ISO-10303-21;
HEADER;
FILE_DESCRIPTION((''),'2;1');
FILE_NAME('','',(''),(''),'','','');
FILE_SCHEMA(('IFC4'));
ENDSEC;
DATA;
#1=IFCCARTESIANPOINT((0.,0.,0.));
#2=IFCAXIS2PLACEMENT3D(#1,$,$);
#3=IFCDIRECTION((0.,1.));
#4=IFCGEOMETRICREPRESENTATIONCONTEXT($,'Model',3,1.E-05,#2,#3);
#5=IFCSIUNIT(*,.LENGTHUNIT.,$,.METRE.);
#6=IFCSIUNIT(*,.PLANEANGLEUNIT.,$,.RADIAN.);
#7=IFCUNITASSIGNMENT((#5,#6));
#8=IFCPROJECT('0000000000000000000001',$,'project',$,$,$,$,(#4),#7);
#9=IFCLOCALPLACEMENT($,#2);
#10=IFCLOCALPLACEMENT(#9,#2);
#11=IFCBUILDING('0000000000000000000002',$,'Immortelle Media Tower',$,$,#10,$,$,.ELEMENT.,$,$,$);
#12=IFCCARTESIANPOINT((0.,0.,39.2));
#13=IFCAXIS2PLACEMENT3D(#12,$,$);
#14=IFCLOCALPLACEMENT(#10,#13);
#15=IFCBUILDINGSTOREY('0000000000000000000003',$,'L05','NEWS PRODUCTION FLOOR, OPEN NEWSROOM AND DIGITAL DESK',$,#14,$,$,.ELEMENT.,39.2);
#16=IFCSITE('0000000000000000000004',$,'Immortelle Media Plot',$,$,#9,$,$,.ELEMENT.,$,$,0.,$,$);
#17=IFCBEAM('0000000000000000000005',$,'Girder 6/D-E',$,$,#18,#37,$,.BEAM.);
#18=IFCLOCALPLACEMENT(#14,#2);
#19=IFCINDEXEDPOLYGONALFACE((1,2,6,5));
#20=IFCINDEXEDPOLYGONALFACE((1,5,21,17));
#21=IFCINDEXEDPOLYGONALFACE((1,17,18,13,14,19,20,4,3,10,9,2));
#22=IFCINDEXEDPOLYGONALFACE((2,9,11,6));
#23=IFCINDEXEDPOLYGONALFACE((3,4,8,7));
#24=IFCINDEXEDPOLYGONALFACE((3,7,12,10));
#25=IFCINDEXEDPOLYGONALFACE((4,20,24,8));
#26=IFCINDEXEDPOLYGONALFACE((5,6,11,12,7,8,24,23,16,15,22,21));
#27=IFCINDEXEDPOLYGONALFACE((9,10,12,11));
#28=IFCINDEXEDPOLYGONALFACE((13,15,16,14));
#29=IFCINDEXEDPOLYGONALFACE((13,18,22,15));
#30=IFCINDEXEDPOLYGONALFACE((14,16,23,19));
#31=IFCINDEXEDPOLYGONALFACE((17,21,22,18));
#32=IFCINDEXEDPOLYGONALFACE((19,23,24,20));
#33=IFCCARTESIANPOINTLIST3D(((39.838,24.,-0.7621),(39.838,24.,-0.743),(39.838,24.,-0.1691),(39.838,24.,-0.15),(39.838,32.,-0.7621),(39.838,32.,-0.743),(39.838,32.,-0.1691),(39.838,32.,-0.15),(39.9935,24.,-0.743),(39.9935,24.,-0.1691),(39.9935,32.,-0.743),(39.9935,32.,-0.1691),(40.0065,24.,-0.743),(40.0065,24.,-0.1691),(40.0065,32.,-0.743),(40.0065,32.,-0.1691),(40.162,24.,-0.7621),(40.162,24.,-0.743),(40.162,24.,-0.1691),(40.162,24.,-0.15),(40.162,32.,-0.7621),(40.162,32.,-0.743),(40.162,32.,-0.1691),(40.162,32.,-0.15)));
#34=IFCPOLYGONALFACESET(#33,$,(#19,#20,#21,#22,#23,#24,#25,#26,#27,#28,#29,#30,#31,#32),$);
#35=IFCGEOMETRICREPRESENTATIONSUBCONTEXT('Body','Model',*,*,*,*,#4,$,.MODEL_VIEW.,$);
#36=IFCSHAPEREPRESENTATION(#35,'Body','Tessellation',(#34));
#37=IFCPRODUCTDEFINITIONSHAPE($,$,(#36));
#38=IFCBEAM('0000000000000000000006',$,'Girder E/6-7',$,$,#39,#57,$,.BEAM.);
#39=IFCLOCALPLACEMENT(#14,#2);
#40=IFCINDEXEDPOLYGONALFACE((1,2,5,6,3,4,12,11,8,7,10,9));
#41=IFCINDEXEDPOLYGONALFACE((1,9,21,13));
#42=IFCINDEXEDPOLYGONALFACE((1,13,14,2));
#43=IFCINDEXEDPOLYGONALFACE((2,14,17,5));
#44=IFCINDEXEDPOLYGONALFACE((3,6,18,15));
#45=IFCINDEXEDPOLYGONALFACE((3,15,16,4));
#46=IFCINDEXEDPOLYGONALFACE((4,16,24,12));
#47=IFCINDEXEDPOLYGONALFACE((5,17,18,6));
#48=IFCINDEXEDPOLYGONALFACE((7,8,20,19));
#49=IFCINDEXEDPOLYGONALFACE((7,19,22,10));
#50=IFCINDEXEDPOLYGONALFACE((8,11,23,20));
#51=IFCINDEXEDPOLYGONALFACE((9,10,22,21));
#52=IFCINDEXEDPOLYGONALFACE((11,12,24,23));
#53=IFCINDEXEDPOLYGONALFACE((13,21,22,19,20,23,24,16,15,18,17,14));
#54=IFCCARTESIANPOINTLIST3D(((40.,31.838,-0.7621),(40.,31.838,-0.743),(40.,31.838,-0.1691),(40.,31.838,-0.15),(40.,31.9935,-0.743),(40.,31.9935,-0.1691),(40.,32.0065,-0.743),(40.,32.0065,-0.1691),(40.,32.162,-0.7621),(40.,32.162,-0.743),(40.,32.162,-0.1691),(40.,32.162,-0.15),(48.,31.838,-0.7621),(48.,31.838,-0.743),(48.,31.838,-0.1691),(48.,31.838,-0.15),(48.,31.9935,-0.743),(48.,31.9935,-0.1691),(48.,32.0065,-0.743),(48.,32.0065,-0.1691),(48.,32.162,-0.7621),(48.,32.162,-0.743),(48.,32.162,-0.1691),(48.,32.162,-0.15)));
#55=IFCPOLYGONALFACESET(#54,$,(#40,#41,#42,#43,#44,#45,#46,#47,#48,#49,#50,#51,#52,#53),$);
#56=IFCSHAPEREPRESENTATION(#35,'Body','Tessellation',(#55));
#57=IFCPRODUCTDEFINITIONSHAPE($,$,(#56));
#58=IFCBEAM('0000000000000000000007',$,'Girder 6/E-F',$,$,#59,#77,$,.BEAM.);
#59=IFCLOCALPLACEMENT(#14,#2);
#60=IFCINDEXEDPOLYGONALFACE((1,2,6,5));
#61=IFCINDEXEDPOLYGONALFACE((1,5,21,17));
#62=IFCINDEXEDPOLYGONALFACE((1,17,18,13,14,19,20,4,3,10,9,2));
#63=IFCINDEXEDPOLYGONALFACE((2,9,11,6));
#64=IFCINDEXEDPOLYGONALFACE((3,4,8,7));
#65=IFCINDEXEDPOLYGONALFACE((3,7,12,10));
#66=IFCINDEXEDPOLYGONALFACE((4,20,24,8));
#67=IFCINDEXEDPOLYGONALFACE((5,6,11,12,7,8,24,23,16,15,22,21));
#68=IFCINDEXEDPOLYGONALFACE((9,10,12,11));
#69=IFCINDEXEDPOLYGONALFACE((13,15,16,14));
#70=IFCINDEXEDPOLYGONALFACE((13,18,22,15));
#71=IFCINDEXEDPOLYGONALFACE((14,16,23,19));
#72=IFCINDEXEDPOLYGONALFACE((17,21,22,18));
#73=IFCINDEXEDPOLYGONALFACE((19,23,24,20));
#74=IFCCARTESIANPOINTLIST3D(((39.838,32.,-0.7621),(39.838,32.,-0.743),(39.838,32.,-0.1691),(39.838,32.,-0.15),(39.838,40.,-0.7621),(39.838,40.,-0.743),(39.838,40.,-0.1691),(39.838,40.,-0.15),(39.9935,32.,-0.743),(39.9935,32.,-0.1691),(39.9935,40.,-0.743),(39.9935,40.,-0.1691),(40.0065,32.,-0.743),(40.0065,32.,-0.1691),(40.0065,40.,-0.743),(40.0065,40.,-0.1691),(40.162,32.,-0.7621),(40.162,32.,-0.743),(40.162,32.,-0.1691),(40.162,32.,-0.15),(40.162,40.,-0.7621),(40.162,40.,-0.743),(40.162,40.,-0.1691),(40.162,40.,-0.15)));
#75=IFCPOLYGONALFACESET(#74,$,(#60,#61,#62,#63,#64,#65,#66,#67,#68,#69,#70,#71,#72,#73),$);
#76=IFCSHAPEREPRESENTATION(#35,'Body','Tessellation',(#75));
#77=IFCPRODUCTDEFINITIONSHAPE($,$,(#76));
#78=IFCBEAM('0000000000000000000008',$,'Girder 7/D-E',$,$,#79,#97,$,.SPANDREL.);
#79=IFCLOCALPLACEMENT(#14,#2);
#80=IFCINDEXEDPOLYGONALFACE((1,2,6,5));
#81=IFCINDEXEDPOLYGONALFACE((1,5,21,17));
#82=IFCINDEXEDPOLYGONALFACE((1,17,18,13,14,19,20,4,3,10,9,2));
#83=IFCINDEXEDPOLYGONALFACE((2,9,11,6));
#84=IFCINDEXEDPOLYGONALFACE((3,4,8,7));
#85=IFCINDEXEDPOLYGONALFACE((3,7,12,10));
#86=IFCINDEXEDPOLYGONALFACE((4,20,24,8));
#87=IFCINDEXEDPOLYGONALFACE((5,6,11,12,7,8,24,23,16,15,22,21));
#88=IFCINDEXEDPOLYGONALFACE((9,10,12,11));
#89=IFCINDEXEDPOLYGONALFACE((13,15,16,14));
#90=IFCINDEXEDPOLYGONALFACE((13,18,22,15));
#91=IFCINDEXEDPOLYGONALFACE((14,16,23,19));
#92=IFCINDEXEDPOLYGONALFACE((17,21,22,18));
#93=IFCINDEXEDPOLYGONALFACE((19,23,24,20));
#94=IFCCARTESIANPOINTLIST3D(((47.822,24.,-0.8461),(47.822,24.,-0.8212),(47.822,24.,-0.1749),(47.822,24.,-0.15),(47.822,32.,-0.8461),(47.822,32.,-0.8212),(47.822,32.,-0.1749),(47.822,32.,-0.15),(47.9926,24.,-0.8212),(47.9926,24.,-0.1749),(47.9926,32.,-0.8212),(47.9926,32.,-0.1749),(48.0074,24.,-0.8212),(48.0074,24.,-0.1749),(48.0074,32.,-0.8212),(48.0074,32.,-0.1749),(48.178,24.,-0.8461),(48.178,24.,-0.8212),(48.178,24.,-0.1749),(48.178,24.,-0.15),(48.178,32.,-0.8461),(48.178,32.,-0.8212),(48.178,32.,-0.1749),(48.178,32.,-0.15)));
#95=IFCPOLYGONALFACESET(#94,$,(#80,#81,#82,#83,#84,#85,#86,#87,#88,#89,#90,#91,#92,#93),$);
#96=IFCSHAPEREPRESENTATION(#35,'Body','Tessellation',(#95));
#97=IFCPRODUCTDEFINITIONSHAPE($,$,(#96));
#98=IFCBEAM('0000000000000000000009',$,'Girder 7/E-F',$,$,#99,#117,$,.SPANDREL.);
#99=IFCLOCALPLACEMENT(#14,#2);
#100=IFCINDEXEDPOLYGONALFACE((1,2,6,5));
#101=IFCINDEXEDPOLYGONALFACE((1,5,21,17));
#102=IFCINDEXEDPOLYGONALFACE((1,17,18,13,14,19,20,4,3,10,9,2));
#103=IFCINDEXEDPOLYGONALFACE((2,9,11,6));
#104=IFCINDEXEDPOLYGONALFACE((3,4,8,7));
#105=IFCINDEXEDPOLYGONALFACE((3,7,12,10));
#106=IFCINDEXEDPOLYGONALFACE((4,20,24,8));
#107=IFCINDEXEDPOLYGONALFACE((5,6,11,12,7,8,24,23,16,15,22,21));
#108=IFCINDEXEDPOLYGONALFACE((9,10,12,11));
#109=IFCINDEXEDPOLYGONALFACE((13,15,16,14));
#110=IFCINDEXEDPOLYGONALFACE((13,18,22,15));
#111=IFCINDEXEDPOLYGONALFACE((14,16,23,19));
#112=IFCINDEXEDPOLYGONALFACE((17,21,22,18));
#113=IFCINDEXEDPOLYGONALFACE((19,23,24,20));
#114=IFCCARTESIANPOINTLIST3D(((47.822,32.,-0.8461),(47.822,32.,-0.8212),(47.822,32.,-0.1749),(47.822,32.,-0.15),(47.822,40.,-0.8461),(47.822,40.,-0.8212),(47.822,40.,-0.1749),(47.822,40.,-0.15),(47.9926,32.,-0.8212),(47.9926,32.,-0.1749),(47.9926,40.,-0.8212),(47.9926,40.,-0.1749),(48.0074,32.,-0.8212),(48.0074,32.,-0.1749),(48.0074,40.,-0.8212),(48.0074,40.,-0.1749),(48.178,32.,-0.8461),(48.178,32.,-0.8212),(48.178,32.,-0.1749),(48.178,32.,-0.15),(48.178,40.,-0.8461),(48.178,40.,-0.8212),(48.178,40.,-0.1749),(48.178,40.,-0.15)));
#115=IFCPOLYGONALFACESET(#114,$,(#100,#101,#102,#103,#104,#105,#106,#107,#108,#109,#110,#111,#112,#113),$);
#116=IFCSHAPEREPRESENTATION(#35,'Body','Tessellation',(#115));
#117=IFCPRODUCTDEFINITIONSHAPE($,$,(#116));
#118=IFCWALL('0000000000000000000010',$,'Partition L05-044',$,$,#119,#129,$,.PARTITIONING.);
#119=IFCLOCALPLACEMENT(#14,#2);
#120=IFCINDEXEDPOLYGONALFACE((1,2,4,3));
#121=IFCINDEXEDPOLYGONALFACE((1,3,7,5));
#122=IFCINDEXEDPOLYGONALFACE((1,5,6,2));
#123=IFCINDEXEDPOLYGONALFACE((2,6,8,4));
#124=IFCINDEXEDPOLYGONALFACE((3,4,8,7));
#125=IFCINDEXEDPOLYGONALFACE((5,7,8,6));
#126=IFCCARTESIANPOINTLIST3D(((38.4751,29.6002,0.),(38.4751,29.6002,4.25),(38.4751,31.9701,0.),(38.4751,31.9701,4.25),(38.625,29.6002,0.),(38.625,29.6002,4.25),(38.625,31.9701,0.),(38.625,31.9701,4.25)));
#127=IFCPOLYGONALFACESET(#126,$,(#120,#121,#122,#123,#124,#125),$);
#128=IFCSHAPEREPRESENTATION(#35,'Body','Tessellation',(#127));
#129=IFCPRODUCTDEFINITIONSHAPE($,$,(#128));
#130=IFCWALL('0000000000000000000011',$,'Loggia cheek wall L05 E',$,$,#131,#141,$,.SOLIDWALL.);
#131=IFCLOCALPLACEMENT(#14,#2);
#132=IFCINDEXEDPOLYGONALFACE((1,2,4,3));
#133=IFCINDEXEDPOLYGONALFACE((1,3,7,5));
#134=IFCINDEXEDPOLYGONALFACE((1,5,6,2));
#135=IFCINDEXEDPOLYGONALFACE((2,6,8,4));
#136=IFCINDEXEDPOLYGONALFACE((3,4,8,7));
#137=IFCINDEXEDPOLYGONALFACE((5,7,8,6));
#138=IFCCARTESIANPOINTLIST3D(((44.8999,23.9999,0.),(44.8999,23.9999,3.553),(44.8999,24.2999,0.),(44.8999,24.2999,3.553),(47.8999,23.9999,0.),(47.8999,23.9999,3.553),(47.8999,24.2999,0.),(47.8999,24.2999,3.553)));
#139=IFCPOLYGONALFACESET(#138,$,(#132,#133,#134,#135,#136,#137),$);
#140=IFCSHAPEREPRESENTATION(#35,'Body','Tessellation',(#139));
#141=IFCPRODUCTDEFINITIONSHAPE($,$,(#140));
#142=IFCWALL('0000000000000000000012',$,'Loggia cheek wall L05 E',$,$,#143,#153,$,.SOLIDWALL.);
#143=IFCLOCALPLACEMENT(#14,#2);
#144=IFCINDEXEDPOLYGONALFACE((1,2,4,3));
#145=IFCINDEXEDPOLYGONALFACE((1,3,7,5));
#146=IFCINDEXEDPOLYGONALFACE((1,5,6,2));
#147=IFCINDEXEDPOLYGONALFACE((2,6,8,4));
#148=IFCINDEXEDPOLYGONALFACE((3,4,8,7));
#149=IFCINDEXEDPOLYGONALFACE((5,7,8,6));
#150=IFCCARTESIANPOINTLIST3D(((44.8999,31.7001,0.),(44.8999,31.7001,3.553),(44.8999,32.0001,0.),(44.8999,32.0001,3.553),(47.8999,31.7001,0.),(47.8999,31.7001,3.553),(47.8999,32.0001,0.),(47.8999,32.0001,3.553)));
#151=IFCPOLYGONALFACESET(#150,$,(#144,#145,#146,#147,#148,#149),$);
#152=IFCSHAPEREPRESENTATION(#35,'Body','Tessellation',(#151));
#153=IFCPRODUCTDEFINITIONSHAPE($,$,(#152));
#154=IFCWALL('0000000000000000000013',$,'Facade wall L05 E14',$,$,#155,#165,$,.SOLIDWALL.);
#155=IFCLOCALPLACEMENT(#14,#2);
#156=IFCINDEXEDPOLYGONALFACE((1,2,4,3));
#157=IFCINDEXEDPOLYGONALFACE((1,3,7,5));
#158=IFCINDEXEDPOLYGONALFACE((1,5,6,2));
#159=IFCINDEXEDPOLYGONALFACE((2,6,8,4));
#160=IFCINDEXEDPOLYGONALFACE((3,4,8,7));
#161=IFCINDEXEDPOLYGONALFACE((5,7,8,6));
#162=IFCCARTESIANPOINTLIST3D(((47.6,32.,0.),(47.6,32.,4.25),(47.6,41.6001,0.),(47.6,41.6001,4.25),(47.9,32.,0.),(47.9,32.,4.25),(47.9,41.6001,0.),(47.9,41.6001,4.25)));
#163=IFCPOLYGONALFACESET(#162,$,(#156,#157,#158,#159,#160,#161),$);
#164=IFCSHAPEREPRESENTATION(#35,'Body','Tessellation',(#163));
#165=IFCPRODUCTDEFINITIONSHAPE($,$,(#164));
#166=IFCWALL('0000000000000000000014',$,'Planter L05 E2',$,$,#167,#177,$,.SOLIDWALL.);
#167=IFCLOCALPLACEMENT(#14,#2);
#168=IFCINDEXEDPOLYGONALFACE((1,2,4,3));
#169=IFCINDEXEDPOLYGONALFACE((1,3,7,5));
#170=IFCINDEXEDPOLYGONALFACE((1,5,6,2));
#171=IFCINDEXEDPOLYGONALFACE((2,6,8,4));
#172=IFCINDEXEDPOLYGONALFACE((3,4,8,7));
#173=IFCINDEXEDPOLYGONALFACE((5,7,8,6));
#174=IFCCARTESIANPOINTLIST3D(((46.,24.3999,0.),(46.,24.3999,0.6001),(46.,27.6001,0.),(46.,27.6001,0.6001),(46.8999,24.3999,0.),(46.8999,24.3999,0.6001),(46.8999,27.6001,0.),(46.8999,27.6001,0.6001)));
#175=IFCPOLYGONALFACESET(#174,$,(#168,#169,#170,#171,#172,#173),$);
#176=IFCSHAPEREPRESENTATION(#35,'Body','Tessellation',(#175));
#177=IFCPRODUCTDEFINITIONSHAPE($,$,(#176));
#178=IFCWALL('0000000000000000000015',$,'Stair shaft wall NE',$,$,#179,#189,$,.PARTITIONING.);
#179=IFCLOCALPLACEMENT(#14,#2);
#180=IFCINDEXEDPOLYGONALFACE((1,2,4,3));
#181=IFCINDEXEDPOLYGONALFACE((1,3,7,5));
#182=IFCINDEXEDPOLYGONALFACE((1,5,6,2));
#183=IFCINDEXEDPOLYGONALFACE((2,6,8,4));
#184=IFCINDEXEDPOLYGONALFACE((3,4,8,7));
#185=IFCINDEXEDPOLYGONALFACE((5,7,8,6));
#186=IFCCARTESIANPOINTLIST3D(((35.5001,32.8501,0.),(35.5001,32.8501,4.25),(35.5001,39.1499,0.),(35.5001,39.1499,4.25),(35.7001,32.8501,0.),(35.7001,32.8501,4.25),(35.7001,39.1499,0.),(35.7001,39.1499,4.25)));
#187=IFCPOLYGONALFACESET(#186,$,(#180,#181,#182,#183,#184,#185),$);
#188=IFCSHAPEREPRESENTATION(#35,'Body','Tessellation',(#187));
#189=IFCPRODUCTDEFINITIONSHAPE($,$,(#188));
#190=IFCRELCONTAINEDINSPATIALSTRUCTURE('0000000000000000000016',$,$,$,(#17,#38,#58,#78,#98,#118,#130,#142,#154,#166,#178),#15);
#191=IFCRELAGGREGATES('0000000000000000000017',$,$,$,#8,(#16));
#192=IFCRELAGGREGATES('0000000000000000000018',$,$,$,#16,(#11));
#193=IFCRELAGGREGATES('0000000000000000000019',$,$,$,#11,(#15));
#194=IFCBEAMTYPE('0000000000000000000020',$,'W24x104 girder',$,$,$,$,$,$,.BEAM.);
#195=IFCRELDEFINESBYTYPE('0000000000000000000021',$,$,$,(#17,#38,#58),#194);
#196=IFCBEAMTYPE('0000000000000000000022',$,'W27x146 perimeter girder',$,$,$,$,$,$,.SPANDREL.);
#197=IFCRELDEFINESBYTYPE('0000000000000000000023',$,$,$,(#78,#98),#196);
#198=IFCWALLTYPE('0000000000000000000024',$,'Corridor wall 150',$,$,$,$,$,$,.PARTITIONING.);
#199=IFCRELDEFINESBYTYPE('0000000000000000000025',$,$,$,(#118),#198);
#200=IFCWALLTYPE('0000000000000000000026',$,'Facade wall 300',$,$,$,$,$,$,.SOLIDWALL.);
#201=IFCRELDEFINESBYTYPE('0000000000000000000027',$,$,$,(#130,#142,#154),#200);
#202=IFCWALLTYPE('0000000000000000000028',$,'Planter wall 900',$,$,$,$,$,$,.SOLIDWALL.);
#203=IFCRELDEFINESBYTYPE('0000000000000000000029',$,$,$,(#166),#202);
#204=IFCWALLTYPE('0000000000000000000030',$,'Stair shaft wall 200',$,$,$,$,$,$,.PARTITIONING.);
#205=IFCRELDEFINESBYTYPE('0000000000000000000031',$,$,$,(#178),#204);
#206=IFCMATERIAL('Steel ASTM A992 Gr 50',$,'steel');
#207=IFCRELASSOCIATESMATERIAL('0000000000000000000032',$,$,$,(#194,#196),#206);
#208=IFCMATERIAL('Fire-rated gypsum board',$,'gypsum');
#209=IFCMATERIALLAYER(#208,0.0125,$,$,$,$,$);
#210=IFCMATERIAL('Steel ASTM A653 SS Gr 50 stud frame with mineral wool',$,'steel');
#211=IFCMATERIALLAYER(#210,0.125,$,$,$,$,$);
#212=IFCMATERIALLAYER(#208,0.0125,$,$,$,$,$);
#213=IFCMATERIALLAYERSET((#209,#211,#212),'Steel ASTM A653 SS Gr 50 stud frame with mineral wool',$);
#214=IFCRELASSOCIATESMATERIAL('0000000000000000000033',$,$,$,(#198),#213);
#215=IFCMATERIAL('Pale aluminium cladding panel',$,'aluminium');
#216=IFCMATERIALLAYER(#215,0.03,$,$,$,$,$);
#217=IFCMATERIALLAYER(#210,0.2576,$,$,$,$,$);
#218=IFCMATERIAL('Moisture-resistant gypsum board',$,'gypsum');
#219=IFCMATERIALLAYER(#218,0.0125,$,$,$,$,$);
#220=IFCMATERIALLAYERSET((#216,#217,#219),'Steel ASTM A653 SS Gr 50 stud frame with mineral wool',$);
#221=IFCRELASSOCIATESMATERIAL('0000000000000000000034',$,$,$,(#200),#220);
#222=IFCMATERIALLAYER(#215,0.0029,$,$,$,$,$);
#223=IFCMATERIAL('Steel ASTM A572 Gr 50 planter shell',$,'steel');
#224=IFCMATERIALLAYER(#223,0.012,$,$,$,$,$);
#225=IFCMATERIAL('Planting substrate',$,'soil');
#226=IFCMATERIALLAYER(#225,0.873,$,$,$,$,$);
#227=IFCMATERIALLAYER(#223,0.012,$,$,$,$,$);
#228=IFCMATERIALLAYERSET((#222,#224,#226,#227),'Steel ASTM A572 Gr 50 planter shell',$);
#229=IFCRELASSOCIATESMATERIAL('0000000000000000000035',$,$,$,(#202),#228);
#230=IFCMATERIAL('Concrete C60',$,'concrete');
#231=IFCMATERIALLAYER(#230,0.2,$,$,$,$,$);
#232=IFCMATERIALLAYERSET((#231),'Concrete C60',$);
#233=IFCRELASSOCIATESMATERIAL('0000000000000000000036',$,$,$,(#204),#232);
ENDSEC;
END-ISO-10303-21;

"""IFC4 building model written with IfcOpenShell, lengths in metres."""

from ifc_helpers import new_model, si_unit, direction, frame, frame_2d, origin, origin_2d, place, context, subcontext, project, spatial, rectangle, i_section, extrude, material, layer, layer_set, material_profile, profile_set, type_object, element, save


model = new_model("IFC4")

# Units and contexts
model_context = context("Model", 3, precision=1e-05, world=origin(), true_north=direction((0.0, 1.0)))
body_context = subcontext(model_context, "Body", "Model", "MODEL_VIEW")
ifc_project = project(units=[si_unit("LENGTHUNIT", "METRE"), si_unit("PLANEANGLEUNIT", "RADIAN")], contexts=[model_context])

# Site, building, storey
site_placement = place(None, origin())
site = spatial("IfcSite", under=ifc_project, at=site_placement, Name="Immortelle Media Plot", CompositionType="ELEMENT", RefElevation=0.0)
building_placement = place(site_placement, origin())
building = spatial("IfcBuilding", under=site, at=building_placement, Name="Immortelle Media Tower", CompositionType="ELEMENT")
storey_placement = place(building_placement, frame((0.0, 0.0, 39.2)))
storey = spatial("IfcBuildingStorey", under=building, at=storey_placement, Name="L05", Description="NEWS PRODUCTION FLOOR, OPEN NEWSROOM AND DIGITAL DESK", CompositionType="ELEMENT", Elevation=39.2)

# Shared definitions
ifc_material_1 = material(Name="Steel ASTM A992 Gr 50", Category="steel")

# Beams
ifc_material_profile_1 = material_profile(ifc_material_1, i_section(OverallWidth=0.324, OverallDepth=0.6121, WebThickness=0.0129, FlangeThickness=0.019, at=origin_2d()), Name="W24x104")
ifc_profile_set_1 = profile_set([ifc_material_profile_1], Name="Steel ASTM A992 Gr 50")
beam_type_1 = type_object("IfcBeamType", Name="W24x104 girder", PredefinedType="BEAM", material=ifc_profile_set_1)
for number, where, z_axis, x_axis, name in (
    (1, (40.0, 24.0, -0.4561), (0.0, 1.0, 0.0), (-1.0, 0.0, 0.0), "Girder 6/D-E"),
    (2, (40.0, 32.0, -0.4561), (1.0, 0.0, 0.0), (0.0, 1.0, 0.0), "Girder E/6-7"),
    (3, (40.0, 32.0, -0.4561), (0.0, 1.0, 0.0), (-1.0, 0.0, 0.0), "Girder 6/E-F"),
):
    element("IfcBeam", number, at=place(storey_placement, frame(where, z_axis=z_axis, x_axis=x_axis)), inside=storey, type_object=beam_type_1, Name=name, PredefinedType="BEAM", context=body_context, shape_type="SweptSolid", body=[
        extrude(i_section(OverallWidth=0.324, OverallDepth=0.6121, WebThickness=0.0129, FlangeThickness=0.019, at=origin_2d()), origin(), (0.0, 0.0, 1.0), 8.0),
    ])
ifc_material_profile_2 = material_profile(ifc_material_1, i_section(OverallWidth=0.356, OverallDepth=0.696, WebThickness=0.0149, FlangeThickness=0.0249, at=origin_2d()), Name="W27x146")
ifc_profile_set_2 = profile_set([ifc_material_profile_2], Name="Steel ASTM A992 Gr 50")
beam_type_2 = type_object("IfcBeamType", Name="W27x146 perimeter girder", PredefinedType="SPANDREL", material=ifc_profile_set_2)
for number, where, z_axis, x_axis, name in (
    (4, (48.0, 24.0, -0.498), (0.0, 1.0, 0.0), (-1.0, 0.0, 0.0), "Girder 7/D-E"),
    (5, (48.0, 32.0, -0.498), (0.0, 1.0, 0.0), (-1.0, 0.0, 0.0), "Girder 7/E-F"),
):
    element("IfcBeam", number, at=place(storey_placement, frame(where, z_axis=z_axis, x_axis=x_axis)), inside=storey, type_object=beam_type_2, Name=name, PredefinedType="SPANDREL", context=body_context, shape_type="SweptSolid", body=[
        extrude(i_section(OverallWidth=0.356, OverallDepth=0.696, WebThickness=0.0149, FlangeThickness=0.0249, at=origin_2d()), origin(), (0.0, 0.0, 1.0), 8.0),
    ])

# Wall
ifc_material_2 = material(Name="Fire-rated gypsum board", Category="gypsum")
ifc_layer_1 = layer(ifc_material_2, 0.0125)
ifc_material_3 = material(Name="Steel ASTM A653 SS Gr 50 stud frame with mineral wool", Category="steel")
ifc_layer_2 = layer(ifc_material_3, 0.125)
ifc_layer_3 = layer(ifc_material_2, 0.0125)
ifc_layer_set_1 = layer_set([ifc_layer_1, ifc_layer_2, ifc_layer_3], Name="Steel ASTM A653 SS Gr 50 stud frame with mineral wool")
wall_type_1 = type_object("IfcWallType", Name="Corridor wall 150", PredefinedType="PARTITIONING", material=ifc_layer_set_1)
wall_1_placement = place(storey_placement, frame((38.55, 29.6001, 0.0), z_axis=(0.0, 0.0, 1.0), x_axis=(0.0, 1.0, 0.0)))
element("IfcWall", 6, at=wall_1_placement, inside=storey, type_object=wall_type_1, Name="Partition L05-044", PredefinedType="PARTITIONING", context=body_context, shape_type="SweptSolid", body=[
    extrude(rectangle(XDim=2.3699, YDim=0.1499, at=frame_2d((1.1851, 0.0))), origin(), (0.0, 0.0, 1.0), 4.25),
])

# Shared definitions
ifc_material_4 = material(Name="Pale aluminium cladding panel", Category="aluminium")
ifc_layer_4 = layer(ifc_material_4, 0.03)
ifc_layer_5 = layer(ifc_material_3, 0.2576)
ifc_material_5 = material(Name="Moisture-resistant gypsum board", Category="gypsum")
ifc_layer_6 = layer(ifc_material_5, 0.0125)
ifc_layer_set_2 = layer_set([ifc_layer_4, ifc_layer_5, ifc_layer_6], Name="Steel ASTM A653 SS Gr 50 stud frame with mineral wool")
wall_type_2 = type_object("IfcWallType", Name="Facade wall 300", PredefinedType="SOLIDWALL", material=ifc_layer_set_2)

# Walls
for number, where, z_axis, x_axis, name in (
    (7, (47.8999, 24.1499, 0.0), (0.0, 0.0, 1.0), (-1.0, 0.0, 0.0), "Loggia cheek wall L05 E"),
    (8, (47.8999, 31.8501, 0.0), (0.0, 0.0, 1.0), (-1.0, 0.0, 0.0), "Loggia cheek wall L05 E"),
):
    element("IfcWall", number, at=place(storey_placement, frame(where, z_axis=z_axis, x_axis=x_axis)), inside=storey, type_object=wall_type_2, Name=name, PredefinedType="SOLIDWALL", context=body_context, shape_type="SweptSolid", body=[
        extrude(rectangle(XDim=3.0, YDim=0.3, at=frame_2d((1.5, 0.0))), origin(), (0.0, 0.0, 1.0), 3.553),
    ])
wall_2_placement = place(storey_placement, frame((47.75, 32.0, 0.0), z_axis=(0.0, 0.0, 1.0), x_axis=(0.0, 1.0, 0.0)))
element("IfcWall", 9, at=wall_2_placement, inside=storey, type_object=wall_type_2, Name="Facade wall L05 E14", PredefinedType="SOLIDWALL", context=body_context, shape_type="SweptSolid", body=[
    extrude(rectangle(XDim=9.6001, YDim=0.3, at=frame_2d((4.8, 0.0))), origin(), (0.0, 0.0, 1.0), 4.25),
])
ifc_layer_7 = layer(ifc_material_4, 0.0029)
ifc_material_6 = material(Name="Steel ASTM A572 Gr 50 planter shell", Category="steel")
ifc_layer_8 = layer(ifc_material_6, 0.012)
ifc_material_7 = material(Name="Planting substrate", Category="soil")
ifc_layer_9 = layer(ifc_material_7, 0.873)
ifc_layer_10 = layer(ifc_material_6, 0.012)
ifc_layer_set_3 = layer_set([ifc_layer_7, ifc_layer_8, ifc_layer_9, ifc_layer_10], Name="Steel ASTM A572 Gr 50 planter shell")
wall_type_3 = type_object("IfcWallType", Name="Planter wall 900", PredefinedType="SOLIDWALL", material=ifc_layer_set_3)
wall_3_placement = place(storey_placement, frame((46.45, 24.3999, 0.0), z_axis=(0.0, 0.0, 1.0), x_axis=(0.0, 1.0, 0.0)))
element("IfcWall", 10, at=wall_3_placement, inside=storey, type_object=wall_type_3, Name="Planter L05 E2", PredefinedType="SOLIDWALL", context=body_context, shape_type="SweptSolid", body=[
    extrude(rectangle(XDim=3.2002, YDim=0.8999, at=frame_2d((1.6001, 0.0))), origin(), (0.0, 0.0, 1.0), 0.6001),
])
ifc_material_8 = material(Name="Concrete C60", Category="concrete")
ifc_layer_11 = layer(ifc_material_8, 0.2)
ifc_layer_set_4 = layer_set([ifc_layer_11], Name="Concrete C60")
wall_type_4 = type_object("IfcWallType", Name="Stair shaft wall 200", PredefinedType="PARTITIONING", material=ifc_layer_set_4)
for number, where, z_axis, x_axis, name in (
    (11, (35.6001, 32.8501, 0.0), (0.0, 0.0, 1.0), (0.0, 1.0, 0.0), "Stair shaft wall NE"),
):
    element("IfcWall", number, at=place(storey_placement, frame(where, z_axis=z_axis, x_axis=x_axis)), inside=storey, type_object=wall_type_4, Name=name, PredefinedType="PARTITIONING", context=body_context, shape_type="SweptSolid", body=[
        extrude(rectangle(XDim=6.2998, YDim=0.2, at=frame_2d((3.1499, 0.0))), origin(), (0.0, 0.0, 1.0), 4.25),
    ])

save(model, "model.ifc")
